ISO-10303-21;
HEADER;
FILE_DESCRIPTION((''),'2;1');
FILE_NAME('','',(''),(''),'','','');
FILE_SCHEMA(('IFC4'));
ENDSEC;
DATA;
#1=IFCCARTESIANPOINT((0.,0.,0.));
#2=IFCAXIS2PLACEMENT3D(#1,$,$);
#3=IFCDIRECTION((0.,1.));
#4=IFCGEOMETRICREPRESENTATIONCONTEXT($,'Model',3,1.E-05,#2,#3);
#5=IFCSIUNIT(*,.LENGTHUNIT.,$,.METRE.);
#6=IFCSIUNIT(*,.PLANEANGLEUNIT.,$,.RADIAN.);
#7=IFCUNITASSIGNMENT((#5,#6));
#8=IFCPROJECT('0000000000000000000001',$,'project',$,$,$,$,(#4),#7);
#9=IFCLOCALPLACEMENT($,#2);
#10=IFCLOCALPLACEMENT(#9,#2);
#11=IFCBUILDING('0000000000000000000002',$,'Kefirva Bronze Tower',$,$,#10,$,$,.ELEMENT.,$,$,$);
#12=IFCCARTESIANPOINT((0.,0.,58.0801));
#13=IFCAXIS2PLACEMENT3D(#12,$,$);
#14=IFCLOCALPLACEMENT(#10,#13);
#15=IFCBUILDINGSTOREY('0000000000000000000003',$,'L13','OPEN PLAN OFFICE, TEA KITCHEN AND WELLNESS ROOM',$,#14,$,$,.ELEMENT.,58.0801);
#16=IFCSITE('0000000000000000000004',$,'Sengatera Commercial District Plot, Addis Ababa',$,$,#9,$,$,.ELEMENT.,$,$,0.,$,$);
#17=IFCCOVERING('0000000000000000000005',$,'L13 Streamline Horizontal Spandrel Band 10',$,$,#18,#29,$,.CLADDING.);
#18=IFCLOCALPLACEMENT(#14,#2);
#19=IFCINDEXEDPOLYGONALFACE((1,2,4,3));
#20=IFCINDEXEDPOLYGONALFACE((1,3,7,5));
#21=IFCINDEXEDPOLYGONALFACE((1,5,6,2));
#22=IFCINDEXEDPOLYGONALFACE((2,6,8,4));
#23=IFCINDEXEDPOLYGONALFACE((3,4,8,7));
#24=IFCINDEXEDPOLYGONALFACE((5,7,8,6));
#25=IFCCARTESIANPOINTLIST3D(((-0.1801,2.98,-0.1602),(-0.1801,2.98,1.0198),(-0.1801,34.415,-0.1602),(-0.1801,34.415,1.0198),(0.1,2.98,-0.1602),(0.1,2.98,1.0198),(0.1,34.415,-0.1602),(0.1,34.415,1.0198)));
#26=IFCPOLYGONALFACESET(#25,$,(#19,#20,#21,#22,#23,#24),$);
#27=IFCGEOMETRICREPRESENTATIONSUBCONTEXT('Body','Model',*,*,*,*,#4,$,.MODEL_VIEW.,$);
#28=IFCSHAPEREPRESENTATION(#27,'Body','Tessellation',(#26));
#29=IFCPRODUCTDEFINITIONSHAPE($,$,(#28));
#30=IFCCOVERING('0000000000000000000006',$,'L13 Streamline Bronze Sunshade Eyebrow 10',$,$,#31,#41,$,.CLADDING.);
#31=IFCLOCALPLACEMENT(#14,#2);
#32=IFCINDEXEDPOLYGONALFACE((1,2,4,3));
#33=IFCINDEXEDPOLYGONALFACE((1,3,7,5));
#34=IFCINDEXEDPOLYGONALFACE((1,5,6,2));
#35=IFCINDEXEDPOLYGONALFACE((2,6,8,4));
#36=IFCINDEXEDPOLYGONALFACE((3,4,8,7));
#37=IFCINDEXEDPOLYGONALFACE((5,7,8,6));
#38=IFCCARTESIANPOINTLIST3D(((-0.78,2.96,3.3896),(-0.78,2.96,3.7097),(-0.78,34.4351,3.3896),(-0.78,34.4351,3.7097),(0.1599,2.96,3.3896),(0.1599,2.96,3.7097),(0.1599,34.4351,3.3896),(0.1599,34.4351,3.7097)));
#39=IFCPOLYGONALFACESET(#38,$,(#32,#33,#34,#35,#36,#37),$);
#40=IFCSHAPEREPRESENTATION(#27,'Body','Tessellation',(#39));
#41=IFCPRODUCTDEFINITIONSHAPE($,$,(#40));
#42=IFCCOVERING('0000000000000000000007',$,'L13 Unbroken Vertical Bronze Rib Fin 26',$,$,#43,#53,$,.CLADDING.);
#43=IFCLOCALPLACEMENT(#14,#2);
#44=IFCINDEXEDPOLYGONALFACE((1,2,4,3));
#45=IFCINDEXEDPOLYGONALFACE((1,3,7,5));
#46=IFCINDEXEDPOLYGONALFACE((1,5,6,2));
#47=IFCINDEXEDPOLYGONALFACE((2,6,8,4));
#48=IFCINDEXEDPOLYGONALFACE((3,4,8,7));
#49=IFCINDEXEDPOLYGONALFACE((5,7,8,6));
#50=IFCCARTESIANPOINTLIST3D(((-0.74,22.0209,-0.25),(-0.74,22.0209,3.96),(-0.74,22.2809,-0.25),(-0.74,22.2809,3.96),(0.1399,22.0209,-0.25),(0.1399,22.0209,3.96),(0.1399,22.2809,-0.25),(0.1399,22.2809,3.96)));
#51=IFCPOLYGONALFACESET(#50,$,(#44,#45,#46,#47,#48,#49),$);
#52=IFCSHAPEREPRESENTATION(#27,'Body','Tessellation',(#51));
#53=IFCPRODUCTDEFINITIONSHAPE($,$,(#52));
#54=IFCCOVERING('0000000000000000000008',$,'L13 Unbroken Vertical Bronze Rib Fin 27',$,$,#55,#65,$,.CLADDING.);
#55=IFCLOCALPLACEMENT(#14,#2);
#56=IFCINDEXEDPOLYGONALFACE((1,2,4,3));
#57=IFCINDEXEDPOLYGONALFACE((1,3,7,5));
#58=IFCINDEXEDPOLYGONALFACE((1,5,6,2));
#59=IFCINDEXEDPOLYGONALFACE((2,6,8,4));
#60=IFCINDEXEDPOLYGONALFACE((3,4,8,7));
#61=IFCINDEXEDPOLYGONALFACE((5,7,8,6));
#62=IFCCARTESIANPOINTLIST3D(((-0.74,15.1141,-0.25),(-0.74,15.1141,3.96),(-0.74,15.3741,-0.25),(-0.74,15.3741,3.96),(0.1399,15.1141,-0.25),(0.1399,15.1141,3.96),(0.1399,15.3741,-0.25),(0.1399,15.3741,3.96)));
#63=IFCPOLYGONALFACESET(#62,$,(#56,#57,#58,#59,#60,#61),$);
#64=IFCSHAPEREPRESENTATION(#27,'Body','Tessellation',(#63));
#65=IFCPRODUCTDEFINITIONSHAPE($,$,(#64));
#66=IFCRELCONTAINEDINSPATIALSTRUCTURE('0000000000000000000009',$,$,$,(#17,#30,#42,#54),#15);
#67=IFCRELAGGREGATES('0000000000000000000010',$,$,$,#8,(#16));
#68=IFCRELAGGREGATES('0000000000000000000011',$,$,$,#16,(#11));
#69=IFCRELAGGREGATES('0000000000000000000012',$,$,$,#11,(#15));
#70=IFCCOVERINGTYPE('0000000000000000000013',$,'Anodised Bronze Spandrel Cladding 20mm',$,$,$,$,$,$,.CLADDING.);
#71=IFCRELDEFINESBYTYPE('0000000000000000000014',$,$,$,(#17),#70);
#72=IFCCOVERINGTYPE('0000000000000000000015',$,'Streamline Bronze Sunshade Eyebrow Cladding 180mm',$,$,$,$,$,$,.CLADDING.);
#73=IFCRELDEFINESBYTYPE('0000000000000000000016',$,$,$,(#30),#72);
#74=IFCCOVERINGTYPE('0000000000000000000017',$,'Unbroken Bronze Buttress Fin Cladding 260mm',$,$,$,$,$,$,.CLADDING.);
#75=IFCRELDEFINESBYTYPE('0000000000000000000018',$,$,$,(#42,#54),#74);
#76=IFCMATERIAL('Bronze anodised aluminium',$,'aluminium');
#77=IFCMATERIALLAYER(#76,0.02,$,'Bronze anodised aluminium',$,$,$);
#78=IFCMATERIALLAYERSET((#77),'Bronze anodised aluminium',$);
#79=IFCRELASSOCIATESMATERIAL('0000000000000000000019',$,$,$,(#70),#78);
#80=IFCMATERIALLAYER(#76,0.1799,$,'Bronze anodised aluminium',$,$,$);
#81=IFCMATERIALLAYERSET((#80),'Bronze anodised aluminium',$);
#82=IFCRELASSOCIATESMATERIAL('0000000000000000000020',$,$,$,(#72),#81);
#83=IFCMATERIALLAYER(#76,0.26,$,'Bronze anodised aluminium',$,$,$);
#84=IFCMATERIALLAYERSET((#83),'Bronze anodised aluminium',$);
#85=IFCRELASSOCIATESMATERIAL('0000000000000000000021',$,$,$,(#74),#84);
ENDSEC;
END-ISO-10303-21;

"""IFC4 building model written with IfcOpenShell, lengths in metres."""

from ifc_helpers import new_model, si_unit, direction, frame, origin, origin_2d, place, context, subcontext, project, spatial, rectangle, extrude, material, layer, layer_set, type_object, element, save


model = new_model("IFC4")

# Units and contexts
model_context = context("Model", 3, precision=1e-05, world=origin(), true_north=direction((0.0, 1.0)))
body_context = subcontext(model_context, "Body", "Model", "MODEL_VIEW")
ifc_project = project(units=[si_unit("LENGTHUNIT", "METRE"), si_unit("PLANEANGLEUNIT", "RADIAN")], contexts=[model_context])

# Site, building, storey
site_placement = place(None, origin())
site = spatial("IfcSite", under=ifc_project, at=site_placement, Name="Sengatera Commercial District Plot, Addis Ababa", CompositionType="ELEMENT", RefElevation=0.0)
building_placement = place(site_placement, origin())
building = spatial("IfcBuilding", under=site, at=building_placement, Name="Kefirva Bronze Tower", CompositionType="ELEMENT")
storey_placement = place(building_placement, frame((0.0, 0.0, 58.0801)))
storey = spatial("IfcBuildingStorey", under=building, at=storey_placement, Name="L13", Description="OPEN PLAN OFFICE, TEA KITCHEN AND WELLNESS ROOM", CompositionType="ELEMENT", Elevation=58.0801)

# Shared definitions
ifc_material_1 = material(Name="Bronze anodised aluminium", Category="aluminium")

# Coverings
ifc_layer_1 = layer(ifc_material_1, 0.02, Name="Bronze anodised aluminium")
ifc_layer_set_1 = layer_set([ifc_layer_1], Name="Bronze anodised aluminium")
covering_type_1 = type_object("IfcCoveringType", Name="Anodised Bronze Spandrel Cladding 20mm", PredefinedType="CLADDING", material=ifc_layer_set_1)
covering_1_placement = place(storey_placement, frame((-0.04, 18.6975, -0.1602), z_axis=(0.0, 0.0, 1.0), x_axis=(0.0, -1.0, 0.0)))
element("IfcCovering", 1, at=covering_1_placement, inside=storey, type_object=covering_type_1, Name="L13 Streamline Horizontal Spandrel Band 10", PredefinedType="CLADDING", context=body_context, shape_type="SweptSolid", body=[
    extrude(rectangle(XDim=31.4351, YDim=0.28, at=origin_2d()), origin(), (0.0, 0.0, 1.0), 1.1799),
])
ifc_layer_2 = layer(ifc_material_1, 0.1799, Name="Bronze anodised aluminium")
ifc_layer_set_2 = layer_set([ifc_layer_2], Name="Bronze anodised aluminium")
covering_type_2 = type_object("IfcCoveringType", Name="Streamline Bronze Sunshade Eyebrow Cladding 180mm", PredefinedType="CLADDING", material=ifc_layer_set_2)
covering_2_placement = place(storey_placement, frame((-0.3101, 18.6975, 3.3896), z_axis=(0.0, 0.0, 1.0), x_axis=(0.0, -1.0, 0.0)))
element("IfcCovering", 2, at=covering_2_placement, inside=storey, type_object=covering_type_2, Name="L13 Streamline Bronze Sunshade Eyebrow 10", PredefinedType="CLADDING", context=body_context, shape_type="SweptSolid", body=[
    extrude(rectangle(XDim=31.4751, YDim=0.9399, at=origin_2d()), origin(), (0.0, 0.0, 1.0), 0.3201),
])
ifc_layer_3 = layer(ifc_material_1, 0.26, Name="Bronze anodised aluminium")
ifc_layer_set_3 = layer_set([ifc_layer_3], Name="Bronze anodised aluminium")
covering_type_3 = type_object("IfcCoveringType", Name="Unbroken Bronze Buttress Fin Cladding 260mm", PredefinedType="CLADDING", material=ifc_layer_set_3)
for number, where, z_axis, x_axis, name in (
    (3, (-0.3, 22.1509, -0.25), (0.0, 0.0, 1.0), (0.0, -1.0, 0.0), "L13 Unbroken Vertical Bronze Rib Fin 26"),
    (4, (-0.3, 15.2441, -0.25), (0.0, 0.0, 1.0), (0.0, -1.0, 0.0), "L13 Unbroken Vertical Bronze Rib Fin 27"),
):
    element("IfcCovering", number, at=place(storey_placement, frame(where, z_axis=z_axis, x_axis=x_axis)), inside=storey, type_object=covering_type_3, Name=name, PredefinedType="CLADDING", context=body_context, shape_type="SweptSolid", body=[
        extrude(rectangle(XDim=0.26, YDim=0.8799, at=origin_2d()), origin(), (0.0, 0.0, 1.0), 4.21),
    ])

save(model, "model.ifc")
